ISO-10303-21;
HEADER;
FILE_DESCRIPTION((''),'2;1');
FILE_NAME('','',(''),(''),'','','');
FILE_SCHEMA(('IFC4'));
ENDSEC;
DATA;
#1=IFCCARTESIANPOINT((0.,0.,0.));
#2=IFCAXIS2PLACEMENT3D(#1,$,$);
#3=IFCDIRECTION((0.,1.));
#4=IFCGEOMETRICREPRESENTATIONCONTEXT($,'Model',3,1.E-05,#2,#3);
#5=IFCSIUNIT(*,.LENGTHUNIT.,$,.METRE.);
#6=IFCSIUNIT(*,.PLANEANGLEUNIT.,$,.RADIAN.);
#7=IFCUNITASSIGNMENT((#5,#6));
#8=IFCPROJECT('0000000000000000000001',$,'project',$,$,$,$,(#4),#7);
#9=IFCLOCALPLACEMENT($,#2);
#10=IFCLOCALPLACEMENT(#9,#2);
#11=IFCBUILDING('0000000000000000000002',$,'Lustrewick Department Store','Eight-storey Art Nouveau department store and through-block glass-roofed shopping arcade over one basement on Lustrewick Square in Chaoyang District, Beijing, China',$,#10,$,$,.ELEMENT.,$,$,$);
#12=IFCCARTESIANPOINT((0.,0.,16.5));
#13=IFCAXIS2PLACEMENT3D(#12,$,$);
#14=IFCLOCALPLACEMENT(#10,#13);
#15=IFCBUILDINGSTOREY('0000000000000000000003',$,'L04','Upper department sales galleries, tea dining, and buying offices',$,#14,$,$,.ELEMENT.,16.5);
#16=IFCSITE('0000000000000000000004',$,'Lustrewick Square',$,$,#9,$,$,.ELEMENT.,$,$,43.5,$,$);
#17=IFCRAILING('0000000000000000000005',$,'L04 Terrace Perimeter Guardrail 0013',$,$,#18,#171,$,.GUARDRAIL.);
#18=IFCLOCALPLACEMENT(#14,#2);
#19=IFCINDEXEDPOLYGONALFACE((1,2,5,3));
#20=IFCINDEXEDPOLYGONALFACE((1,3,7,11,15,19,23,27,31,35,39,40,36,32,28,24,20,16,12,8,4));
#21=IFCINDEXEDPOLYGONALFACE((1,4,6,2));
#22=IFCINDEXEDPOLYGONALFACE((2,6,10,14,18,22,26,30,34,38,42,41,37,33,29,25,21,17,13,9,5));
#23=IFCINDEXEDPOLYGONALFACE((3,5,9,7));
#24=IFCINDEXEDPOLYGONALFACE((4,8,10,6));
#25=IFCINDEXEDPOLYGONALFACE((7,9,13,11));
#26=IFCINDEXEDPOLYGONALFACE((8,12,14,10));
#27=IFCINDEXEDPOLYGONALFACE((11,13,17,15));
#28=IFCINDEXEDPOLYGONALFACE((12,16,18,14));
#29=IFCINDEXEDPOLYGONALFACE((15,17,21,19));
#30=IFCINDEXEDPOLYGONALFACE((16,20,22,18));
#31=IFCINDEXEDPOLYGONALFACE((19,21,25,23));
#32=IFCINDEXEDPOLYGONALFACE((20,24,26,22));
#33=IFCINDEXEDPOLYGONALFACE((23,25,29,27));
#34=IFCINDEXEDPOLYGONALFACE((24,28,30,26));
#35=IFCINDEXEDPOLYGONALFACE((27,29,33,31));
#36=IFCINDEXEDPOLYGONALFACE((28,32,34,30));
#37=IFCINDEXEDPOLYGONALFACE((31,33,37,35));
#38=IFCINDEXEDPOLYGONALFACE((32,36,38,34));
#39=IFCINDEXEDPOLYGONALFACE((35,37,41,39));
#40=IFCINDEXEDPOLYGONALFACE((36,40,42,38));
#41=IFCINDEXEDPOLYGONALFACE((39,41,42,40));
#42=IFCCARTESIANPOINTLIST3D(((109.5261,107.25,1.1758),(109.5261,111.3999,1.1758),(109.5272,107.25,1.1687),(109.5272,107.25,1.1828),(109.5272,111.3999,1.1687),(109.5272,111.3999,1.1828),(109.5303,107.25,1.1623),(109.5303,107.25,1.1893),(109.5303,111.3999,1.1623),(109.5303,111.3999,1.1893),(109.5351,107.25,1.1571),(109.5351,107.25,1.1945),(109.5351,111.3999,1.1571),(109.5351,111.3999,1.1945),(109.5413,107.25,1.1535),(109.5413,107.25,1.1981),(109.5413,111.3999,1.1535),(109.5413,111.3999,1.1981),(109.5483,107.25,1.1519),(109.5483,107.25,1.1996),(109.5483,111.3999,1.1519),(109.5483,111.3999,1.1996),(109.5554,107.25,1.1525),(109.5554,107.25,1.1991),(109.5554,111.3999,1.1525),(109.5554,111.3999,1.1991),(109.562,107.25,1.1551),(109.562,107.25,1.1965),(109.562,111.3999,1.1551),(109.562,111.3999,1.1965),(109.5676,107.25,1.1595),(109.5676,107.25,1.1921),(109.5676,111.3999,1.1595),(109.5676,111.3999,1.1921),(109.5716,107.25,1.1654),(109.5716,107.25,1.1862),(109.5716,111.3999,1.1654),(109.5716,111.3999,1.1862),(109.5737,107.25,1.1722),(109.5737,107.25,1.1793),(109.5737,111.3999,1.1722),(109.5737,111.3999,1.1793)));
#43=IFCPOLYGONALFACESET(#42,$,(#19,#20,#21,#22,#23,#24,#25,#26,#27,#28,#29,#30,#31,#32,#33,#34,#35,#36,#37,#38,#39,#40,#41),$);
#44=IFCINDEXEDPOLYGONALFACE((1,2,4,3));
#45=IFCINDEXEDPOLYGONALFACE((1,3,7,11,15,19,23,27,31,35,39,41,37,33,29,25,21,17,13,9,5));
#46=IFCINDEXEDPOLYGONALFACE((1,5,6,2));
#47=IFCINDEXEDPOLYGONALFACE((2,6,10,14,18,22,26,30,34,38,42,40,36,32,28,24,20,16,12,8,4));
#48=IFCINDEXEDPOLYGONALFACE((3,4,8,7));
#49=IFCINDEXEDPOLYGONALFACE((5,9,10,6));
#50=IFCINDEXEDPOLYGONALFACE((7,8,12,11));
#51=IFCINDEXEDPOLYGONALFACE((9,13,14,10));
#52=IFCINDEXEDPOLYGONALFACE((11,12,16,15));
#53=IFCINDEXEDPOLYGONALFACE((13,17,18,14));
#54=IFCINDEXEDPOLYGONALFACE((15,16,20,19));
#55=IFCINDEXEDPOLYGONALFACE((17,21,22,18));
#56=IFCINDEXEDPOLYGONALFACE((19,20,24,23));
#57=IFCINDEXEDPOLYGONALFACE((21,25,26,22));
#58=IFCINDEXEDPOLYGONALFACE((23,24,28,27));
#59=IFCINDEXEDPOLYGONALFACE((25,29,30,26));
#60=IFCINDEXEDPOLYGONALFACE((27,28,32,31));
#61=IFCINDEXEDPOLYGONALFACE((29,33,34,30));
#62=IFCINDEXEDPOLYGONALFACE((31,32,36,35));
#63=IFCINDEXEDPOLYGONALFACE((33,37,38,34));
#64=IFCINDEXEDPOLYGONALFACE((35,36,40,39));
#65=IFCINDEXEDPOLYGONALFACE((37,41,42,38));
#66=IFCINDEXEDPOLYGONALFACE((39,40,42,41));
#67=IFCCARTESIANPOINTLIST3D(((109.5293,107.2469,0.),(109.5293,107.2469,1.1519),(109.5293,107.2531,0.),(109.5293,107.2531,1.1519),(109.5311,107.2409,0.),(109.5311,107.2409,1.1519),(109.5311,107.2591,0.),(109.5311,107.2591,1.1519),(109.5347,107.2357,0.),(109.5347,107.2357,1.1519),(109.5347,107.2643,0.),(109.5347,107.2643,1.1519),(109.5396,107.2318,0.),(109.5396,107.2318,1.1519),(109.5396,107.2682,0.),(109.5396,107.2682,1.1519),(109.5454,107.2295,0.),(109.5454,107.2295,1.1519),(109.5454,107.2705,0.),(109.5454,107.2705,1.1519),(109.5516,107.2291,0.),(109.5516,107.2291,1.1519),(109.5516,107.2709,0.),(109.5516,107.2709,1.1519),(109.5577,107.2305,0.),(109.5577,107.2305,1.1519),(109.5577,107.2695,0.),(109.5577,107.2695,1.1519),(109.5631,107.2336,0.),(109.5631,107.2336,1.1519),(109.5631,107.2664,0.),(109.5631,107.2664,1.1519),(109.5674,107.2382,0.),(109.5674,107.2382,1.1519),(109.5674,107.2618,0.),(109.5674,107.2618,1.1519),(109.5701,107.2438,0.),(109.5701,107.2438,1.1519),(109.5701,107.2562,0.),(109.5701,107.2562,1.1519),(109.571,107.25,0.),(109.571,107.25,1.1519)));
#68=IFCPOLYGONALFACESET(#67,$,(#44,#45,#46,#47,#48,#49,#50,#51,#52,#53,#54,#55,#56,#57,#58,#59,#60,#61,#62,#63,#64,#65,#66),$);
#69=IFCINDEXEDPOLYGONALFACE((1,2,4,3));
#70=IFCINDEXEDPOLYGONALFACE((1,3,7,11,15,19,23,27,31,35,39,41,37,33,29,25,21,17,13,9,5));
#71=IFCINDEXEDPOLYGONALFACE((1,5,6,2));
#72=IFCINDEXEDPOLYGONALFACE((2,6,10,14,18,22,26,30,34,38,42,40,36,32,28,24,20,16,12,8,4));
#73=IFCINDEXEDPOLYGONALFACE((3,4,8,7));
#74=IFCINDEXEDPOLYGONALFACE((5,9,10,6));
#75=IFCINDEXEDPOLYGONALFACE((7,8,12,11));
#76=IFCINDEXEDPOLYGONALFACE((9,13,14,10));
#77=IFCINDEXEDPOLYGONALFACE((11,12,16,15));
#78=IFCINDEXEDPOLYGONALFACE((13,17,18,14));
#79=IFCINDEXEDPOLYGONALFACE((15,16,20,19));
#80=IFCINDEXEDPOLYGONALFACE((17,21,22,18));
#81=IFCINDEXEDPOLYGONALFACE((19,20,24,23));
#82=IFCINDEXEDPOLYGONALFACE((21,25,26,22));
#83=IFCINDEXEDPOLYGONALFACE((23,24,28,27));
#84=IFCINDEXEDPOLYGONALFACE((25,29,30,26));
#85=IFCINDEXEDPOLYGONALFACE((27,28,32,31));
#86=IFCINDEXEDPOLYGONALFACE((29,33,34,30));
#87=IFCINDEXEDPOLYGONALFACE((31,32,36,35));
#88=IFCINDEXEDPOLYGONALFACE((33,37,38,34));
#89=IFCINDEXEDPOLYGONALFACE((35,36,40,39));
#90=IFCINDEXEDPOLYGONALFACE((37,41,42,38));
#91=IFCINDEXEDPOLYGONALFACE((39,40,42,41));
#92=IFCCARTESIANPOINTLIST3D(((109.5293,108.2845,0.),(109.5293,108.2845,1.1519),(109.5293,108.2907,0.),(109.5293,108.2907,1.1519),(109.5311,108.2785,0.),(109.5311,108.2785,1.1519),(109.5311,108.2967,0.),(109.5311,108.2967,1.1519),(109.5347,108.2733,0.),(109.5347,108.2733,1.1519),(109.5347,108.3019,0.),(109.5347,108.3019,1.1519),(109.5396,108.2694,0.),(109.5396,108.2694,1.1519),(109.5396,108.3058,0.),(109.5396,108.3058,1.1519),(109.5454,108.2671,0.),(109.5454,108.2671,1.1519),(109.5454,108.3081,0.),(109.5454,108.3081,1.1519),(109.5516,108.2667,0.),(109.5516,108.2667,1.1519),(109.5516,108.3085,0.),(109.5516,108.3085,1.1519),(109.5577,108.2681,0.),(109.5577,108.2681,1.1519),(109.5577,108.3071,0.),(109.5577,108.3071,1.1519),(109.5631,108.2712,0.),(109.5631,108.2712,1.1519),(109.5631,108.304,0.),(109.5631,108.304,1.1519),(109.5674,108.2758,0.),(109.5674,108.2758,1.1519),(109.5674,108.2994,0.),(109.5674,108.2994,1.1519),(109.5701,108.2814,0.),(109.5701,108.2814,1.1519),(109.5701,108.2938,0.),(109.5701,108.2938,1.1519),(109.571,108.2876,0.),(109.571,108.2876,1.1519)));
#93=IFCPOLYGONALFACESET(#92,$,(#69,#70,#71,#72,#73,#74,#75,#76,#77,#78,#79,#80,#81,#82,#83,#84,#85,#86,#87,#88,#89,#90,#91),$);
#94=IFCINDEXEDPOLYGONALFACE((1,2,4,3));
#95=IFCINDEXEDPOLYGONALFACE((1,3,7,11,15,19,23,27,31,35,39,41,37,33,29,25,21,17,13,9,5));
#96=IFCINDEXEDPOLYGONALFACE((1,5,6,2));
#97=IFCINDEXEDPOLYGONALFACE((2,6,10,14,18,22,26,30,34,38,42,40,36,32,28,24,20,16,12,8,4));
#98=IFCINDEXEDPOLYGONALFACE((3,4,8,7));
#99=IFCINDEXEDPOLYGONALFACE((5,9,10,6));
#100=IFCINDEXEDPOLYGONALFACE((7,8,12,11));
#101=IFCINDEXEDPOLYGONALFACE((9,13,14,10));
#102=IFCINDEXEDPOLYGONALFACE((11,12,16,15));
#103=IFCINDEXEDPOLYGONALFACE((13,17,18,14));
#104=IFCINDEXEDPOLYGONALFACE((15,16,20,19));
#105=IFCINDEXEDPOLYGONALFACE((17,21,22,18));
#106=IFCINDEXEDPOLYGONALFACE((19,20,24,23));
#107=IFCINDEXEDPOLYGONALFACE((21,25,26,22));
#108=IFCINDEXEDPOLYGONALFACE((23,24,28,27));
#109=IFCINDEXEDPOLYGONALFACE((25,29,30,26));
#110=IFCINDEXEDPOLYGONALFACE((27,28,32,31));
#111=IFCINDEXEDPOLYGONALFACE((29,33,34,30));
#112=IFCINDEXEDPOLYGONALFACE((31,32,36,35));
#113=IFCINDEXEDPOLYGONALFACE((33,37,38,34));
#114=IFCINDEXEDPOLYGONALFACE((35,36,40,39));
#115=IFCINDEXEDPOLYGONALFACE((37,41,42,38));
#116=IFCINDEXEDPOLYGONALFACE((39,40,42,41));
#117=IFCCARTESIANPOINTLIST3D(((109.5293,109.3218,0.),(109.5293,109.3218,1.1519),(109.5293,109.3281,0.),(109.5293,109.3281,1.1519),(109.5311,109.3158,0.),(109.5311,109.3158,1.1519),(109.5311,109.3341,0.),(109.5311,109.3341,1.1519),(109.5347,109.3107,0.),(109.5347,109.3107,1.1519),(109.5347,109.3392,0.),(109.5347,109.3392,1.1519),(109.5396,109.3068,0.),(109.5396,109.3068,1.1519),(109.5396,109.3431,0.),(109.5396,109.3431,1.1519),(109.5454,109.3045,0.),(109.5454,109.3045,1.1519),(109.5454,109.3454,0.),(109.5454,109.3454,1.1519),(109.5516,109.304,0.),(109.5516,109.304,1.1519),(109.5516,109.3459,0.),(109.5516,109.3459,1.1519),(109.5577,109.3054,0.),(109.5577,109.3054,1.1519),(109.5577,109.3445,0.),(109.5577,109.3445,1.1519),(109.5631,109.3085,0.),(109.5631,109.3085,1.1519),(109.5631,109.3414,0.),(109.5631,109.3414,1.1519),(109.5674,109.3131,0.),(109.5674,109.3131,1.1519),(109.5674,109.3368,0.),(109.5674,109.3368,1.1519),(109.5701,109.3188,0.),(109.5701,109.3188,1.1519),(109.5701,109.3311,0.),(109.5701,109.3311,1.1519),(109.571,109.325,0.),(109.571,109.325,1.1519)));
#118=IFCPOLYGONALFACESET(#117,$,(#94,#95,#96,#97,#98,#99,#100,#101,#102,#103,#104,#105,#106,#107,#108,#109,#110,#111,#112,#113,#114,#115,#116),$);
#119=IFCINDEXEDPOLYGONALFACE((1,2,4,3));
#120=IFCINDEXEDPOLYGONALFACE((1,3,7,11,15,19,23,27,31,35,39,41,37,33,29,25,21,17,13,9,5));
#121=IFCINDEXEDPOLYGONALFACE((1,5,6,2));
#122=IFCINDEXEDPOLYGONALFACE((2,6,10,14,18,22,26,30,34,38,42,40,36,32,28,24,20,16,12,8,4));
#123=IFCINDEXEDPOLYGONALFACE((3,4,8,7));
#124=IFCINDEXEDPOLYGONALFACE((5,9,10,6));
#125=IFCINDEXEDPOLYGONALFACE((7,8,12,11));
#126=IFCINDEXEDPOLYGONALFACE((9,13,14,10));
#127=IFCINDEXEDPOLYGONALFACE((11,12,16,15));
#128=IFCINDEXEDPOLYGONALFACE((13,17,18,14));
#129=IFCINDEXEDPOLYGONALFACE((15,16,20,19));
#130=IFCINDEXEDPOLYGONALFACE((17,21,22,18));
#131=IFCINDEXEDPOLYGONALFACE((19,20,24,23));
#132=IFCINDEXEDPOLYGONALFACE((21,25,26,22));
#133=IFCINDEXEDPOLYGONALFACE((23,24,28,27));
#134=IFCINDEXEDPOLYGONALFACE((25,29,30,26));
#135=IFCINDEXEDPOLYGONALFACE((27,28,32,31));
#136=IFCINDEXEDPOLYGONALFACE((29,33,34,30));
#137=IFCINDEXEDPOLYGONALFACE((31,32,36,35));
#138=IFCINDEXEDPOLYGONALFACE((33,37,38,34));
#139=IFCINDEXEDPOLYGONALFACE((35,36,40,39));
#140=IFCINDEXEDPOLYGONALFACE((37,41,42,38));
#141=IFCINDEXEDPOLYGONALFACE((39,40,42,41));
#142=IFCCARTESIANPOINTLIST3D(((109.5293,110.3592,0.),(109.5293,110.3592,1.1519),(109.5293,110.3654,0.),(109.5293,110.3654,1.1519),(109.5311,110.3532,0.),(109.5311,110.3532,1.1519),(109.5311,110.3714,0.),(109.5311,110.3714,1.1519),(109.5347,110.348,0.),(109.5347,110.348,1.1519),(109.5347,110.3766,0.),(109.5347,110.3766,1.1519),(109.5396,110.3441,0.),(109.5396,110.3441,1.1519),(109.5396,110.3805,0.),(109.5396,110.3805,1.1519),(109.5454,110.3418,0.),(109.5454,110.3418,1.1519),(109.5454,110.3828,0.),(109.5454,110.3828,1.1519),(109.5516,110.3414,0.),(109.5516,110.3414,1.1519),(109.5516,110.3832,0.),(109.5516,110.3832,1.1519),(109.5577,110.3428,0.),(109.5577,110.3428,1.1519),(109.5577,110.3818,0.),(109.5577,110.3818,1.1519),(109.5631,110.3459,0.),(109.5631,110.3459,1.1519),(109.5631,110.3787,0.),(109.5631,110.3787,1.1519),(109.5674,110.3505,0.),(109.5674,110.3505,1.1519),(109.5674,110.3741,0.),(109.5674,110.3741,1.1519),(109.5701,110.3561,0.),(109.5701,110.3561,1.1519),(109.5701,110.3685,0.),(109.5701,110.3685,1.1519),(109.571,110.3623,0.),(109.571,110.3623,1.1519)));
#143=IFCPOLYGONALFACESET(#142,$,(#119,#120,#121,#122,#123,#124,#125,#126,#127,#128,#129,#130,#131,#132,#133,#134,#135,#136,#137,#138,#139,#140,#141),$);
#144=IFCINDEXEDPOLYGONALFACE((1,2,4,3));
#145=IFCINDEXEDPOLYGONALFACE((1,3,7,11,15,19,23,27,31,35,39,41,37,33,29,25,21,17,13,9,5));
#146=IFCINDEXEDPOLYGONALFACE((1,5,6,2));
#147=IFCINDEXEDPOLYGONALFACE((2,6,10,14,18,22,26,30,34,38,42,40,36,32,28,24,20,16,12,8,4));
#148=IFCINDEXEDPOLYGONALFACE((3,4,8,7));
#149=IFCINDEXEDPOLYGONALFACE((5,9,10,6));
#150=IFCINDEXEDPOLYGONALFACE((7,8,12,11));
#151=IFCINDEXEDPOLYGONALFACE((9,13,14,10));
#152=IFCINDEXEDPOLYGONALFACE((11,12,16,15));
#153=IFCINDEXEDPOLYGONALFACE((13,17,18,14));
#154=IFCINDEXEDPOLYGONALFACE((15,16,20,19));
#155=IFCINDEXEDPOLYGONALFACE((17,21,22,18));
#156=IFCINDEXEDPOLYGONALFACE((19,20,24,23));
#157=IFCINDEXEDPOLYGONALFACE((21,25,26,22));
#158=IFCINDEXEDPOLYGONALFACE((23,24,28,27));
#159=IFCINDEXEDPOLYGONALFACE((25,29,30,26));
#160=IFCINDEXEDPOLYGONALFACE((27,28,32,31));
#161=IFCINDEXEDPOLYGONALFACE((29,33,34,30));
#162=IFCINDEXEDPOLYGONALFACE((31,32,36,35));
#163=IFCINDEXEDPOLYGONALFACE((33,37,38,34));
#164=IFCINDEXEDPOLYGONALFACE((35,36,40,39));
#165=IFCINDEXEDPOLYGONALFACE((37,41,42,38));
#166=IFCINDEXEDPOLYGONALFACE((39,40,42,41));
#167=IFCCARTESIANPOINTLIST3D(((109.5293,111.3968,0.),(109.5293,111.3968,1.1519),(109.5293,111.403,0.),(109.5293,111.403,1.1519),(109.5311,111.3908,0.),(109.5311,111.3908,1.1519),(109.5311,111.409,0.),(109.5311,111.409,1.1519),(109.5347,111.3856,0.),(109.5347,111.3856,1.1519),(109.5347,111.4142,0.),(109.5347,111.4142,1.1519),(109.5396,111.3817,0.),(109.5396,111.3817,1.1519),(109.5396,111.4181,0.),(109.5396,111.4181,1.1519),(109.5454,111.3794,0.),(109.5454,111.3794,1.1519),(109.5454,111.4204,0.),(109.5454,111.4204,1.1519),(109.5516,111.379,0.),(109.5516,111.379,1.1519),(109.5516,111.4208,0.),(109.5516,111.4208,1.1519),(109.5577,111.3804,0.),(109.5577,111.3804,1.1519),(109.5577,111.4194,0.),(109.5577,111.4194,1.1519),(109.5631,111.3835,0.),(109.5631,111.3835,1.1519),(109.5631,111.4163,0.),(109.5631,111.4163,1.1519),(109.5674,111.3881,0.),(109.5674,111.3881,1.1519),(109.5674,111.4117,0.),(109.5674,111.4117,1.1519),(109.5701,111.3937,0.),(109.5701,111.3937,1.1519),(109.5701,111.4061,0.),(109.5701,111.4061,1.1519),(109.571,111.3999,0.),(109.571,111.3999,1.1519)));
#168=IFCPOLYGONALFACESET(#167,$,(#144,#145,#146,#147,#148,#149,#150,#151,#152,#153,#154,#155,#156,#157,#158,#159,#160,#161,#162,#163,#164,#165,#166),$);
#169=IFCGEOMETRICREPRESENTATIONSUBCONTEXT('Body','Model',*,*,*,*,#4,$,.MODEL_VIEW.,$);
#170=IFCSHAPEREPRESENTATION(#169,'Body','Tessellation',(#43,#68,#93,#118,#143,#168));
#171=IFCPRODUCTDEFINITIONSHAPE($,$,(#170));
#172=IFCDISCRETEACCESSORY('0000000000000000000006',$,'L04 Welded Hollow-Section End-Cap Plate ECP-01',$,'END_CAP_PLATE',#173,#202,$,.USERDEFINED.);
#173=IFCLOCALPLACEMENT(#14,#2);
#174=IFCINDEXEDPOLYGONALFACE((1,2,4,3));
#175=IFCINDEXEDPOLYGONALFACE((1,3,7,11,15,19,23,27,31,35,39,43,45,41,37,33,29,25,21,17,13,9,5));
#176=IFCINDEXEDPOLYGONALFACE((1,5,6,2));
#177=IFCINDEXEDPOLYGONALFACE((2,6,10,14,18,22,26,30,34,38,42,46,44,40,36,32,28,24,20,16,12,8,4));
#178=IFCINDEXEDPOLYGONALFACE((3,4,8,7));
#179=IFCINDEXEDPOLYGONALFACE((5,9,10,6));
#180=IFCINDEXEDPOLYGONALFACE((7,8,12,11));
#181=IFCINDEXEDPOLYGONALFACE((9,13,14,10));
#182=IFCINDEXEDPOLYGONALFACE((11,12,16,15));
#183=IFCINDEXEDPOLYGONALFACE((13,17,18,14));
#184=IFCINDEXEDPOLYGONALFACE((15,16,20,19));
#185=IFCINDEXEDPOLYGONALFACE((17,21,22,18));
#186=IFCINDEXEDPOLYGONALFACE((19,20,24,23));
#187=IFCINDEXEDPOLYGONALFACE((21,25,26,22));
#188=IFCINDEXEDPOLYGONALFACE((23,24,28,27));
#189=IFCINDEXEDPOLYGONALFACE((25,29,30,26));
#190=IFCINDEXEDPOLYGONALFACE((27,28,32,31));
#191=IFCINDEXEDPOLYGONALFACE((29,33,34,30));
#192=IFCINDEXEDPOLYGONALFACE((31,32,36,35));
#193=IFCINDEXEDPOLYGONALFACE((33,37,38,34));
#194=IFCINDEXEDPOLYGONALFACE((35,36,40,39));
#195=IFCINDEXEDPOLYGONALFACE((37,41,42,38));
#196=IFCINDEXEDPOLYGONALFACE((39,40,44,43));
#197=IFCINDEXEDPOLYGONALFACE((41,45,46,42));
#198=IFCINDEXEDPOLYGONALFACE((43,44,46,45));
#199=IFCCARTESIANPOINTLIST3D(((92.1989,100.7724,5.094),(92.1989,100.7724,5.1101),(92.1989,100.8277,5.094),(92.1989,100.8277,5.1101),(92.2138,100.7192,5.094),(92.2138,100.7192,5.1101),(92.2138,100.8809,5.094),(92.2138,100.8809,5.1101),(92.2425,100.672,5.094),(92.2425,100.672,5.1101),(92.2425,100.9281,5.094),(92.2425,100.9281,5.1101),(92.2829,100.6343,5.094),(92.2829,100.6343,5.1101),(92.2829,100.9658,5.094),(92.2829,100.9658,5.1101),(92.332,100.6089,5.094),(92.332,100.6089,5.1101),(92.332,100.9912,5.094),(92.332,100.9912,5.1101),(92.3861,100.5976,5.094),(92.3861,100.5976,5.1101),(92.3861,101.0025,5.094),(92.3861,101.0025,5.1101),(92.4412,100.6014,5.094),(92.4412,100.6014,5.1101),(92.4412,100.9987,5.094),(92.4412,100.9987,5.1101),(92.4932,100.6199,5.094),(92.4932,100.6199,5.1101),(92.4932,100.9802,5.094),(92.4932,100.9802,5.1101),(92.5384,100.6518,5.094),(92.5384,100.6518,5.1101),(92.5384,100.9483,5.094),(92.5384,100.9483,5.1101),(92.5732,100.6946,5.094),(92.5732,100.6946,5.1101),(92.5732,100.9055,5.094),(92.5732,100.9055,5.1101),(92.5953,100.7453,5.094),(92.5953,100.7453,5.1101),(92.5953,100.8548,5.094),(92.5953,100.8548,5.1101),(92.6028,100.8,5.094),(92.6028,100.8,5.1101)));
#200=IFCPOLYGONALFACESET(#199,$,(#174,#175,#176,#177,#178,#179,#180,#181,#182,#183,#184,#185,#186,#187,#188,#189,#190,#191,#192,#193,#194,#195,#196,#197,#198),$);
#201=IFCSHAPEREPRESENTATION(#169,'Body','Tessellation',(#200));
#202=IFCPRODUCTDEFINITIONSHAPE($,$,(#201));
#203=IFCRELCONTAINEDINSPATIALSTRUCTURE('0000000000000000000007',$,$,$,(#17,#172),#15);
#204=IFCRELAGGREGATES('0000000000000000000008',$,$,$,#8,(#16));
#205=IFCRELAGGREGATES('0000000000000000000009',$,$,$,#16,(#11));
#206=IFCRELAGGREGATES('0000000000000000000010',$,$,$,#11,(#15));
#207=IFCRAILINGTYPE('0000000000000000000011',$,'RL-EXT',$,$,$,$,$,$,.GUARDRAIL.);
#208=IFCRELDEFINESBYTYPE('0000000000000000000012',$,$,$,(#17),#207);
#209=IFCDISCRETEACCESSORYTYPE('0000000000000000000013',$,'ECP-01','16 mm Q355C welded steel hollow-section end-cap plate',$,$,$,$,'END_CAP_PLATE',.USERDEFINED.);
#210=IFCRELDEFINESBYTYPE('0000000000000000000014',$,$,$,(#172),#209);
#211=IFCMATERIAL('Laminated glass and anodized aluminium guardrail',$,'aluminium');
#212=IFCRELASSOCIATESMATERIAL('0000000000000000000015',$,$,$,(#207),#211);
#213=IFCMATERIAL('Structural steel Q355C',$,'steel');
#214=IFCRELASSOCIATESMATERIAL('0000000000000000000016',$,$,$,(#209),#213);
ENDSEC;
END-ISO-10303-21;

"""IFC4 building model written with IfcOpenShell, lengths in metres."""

from ifc_helpers import new_model, si_unit, direction, frame, origin, origin_2d, place, context, subcontext, project, spatial, circle, extrude, material, type_object, element, save


model = new_model("IFC4")

# Units and contexts
model_context = context("Model", 3, precision=1e-05, world=origin(), true_north=direction((0.0, 1.0)))
body_context = subcontext(model_context, "Body", "Model", "MODEL_VIEW")
ifc_project = project(units=[si_unit("LENGTHUNIT", "METRE"), si_unit("PLANEANGLEUNIT", "RADIAN")], contexts=[model_context])

# Site, building, storey
site_placement = place(None, origin())
site = spatial("IfcSite", under=ifc_project, at=site_placement, Name="Lustrewick Square", CompositionType="ELEMENT", RefElevation=43.5)
building_placement = place(site_placement, origin())
building = spatial("IfcBuilding", under=site, at=building_placement, Name="Lustrewick Department Store", Description="Eight-storey Art Nouveau department store and through-block glass-roofed shopping arcade over one basement on Lustrewick Square in Chaoyang District, Beijing, China", CompositionType="ELEMENT")
storey_placement = place(building_placement, frame((0.0, 0.0, 16.5)))
storey = spatial("IfcBuildingStorey", under=building, at=storey_placement, Name="L04", Description="Upper department sales galleries, tea dining, and buying offices", CompositionType="ELEMENT", Elevation=16.5)

# Shared definitions
ifc_material_1 = material(Name="Structural steel Q355C", Category="steel")

# Railing
ifc_material_2 = material(Name="Laminated glass and anodized aluminium guardrail", Category="aluminium")
railing_type = type_object("IfcRailingType", Name="RL-EXT", PredefinedType="GUARDRAIL", material=ifc_material_2)
railing_1_placement = place(storey_placement, frame((109.55, 107.25, 0.0)))
element("IfcRailing", 1, at=railing_1_placement, inside=storey, type_object=railing_type, Name="L04 Terrace Perimeter Guardrail 0013", PredefinedType="GUARDRAIL", context=body_context, shape_type="SweptSolid", body=[
    extrude(circle(Radius=0.0239, at=origin_2d()), frame((0.0, 0.0, 1.1758), z_axis=(0.0, 1.0, 0.0), x_axis=(-1.0, 0.0, 0.0)), (0.0, 0.0, 1.0), 4.1499),
    extrude(circle(Radius=0.021, at=origin_2d()), origin(), (0.0, 0.0, 1.0), 1.1519),
    extrude(circle(Radius=0.021, at=origin_2d()), frame((0.0, 1.0376, 0.0)), (0.0, 0.0, 1.0), 1.1519),
    extrude(circle(Radius=0.021, at=origin_2d()), frame((0.0, 2.075, 0.0)), (0.0, 0.0, 1.0), 1.1519),
    extrude(circle(Radius=0.021, at=origin_2d()), frame((0.0, 3.1123, 0.0)), (0.0, 0.0, 1.0), 1.1519),
    extrude(circle(Radius=0.021, at=origin_2d()), frame((0.0, 4.1499, 0.0)), (0.0, 0.0, 1.0), 1.1519),
])

# Discrete accessory
discrete_accessory_type = type_object("IfcDiscreteAccessoryType", Name="ECP-01", Description="16 mm Q355C welded steel hollow-section end-cap plate", ElementType="END_CAP_PLATE", PredefinedType="USERDEFINED", material=ifc_material_1)
discrete_accessory_1_placement = place(storey_placement, frame((92.3999, 100.8, 5.094), z_axis=(0.0, 0.0, 1.0), x_axis=(1.0, 0.0, 0.0)))
element("IfcDiscreteAccessory", 2, at=discrete_accessory_1_placement, inside=storey, type_object=discrete_accessory_type, Name="L04 Welded Hollow-Section End-Cap Plate ECP-01", ObjectType="END_CAP_PLATE", PredefinedType="USERDEFINED", context=body_context, shape_type="SweptSolid", body=[
    extrude(circle(Radius=0.2029, at=origin_2d()), origin(), (0.0, 0.0, 1.0), 0.0161),
])

save(model, "model.ifc")
